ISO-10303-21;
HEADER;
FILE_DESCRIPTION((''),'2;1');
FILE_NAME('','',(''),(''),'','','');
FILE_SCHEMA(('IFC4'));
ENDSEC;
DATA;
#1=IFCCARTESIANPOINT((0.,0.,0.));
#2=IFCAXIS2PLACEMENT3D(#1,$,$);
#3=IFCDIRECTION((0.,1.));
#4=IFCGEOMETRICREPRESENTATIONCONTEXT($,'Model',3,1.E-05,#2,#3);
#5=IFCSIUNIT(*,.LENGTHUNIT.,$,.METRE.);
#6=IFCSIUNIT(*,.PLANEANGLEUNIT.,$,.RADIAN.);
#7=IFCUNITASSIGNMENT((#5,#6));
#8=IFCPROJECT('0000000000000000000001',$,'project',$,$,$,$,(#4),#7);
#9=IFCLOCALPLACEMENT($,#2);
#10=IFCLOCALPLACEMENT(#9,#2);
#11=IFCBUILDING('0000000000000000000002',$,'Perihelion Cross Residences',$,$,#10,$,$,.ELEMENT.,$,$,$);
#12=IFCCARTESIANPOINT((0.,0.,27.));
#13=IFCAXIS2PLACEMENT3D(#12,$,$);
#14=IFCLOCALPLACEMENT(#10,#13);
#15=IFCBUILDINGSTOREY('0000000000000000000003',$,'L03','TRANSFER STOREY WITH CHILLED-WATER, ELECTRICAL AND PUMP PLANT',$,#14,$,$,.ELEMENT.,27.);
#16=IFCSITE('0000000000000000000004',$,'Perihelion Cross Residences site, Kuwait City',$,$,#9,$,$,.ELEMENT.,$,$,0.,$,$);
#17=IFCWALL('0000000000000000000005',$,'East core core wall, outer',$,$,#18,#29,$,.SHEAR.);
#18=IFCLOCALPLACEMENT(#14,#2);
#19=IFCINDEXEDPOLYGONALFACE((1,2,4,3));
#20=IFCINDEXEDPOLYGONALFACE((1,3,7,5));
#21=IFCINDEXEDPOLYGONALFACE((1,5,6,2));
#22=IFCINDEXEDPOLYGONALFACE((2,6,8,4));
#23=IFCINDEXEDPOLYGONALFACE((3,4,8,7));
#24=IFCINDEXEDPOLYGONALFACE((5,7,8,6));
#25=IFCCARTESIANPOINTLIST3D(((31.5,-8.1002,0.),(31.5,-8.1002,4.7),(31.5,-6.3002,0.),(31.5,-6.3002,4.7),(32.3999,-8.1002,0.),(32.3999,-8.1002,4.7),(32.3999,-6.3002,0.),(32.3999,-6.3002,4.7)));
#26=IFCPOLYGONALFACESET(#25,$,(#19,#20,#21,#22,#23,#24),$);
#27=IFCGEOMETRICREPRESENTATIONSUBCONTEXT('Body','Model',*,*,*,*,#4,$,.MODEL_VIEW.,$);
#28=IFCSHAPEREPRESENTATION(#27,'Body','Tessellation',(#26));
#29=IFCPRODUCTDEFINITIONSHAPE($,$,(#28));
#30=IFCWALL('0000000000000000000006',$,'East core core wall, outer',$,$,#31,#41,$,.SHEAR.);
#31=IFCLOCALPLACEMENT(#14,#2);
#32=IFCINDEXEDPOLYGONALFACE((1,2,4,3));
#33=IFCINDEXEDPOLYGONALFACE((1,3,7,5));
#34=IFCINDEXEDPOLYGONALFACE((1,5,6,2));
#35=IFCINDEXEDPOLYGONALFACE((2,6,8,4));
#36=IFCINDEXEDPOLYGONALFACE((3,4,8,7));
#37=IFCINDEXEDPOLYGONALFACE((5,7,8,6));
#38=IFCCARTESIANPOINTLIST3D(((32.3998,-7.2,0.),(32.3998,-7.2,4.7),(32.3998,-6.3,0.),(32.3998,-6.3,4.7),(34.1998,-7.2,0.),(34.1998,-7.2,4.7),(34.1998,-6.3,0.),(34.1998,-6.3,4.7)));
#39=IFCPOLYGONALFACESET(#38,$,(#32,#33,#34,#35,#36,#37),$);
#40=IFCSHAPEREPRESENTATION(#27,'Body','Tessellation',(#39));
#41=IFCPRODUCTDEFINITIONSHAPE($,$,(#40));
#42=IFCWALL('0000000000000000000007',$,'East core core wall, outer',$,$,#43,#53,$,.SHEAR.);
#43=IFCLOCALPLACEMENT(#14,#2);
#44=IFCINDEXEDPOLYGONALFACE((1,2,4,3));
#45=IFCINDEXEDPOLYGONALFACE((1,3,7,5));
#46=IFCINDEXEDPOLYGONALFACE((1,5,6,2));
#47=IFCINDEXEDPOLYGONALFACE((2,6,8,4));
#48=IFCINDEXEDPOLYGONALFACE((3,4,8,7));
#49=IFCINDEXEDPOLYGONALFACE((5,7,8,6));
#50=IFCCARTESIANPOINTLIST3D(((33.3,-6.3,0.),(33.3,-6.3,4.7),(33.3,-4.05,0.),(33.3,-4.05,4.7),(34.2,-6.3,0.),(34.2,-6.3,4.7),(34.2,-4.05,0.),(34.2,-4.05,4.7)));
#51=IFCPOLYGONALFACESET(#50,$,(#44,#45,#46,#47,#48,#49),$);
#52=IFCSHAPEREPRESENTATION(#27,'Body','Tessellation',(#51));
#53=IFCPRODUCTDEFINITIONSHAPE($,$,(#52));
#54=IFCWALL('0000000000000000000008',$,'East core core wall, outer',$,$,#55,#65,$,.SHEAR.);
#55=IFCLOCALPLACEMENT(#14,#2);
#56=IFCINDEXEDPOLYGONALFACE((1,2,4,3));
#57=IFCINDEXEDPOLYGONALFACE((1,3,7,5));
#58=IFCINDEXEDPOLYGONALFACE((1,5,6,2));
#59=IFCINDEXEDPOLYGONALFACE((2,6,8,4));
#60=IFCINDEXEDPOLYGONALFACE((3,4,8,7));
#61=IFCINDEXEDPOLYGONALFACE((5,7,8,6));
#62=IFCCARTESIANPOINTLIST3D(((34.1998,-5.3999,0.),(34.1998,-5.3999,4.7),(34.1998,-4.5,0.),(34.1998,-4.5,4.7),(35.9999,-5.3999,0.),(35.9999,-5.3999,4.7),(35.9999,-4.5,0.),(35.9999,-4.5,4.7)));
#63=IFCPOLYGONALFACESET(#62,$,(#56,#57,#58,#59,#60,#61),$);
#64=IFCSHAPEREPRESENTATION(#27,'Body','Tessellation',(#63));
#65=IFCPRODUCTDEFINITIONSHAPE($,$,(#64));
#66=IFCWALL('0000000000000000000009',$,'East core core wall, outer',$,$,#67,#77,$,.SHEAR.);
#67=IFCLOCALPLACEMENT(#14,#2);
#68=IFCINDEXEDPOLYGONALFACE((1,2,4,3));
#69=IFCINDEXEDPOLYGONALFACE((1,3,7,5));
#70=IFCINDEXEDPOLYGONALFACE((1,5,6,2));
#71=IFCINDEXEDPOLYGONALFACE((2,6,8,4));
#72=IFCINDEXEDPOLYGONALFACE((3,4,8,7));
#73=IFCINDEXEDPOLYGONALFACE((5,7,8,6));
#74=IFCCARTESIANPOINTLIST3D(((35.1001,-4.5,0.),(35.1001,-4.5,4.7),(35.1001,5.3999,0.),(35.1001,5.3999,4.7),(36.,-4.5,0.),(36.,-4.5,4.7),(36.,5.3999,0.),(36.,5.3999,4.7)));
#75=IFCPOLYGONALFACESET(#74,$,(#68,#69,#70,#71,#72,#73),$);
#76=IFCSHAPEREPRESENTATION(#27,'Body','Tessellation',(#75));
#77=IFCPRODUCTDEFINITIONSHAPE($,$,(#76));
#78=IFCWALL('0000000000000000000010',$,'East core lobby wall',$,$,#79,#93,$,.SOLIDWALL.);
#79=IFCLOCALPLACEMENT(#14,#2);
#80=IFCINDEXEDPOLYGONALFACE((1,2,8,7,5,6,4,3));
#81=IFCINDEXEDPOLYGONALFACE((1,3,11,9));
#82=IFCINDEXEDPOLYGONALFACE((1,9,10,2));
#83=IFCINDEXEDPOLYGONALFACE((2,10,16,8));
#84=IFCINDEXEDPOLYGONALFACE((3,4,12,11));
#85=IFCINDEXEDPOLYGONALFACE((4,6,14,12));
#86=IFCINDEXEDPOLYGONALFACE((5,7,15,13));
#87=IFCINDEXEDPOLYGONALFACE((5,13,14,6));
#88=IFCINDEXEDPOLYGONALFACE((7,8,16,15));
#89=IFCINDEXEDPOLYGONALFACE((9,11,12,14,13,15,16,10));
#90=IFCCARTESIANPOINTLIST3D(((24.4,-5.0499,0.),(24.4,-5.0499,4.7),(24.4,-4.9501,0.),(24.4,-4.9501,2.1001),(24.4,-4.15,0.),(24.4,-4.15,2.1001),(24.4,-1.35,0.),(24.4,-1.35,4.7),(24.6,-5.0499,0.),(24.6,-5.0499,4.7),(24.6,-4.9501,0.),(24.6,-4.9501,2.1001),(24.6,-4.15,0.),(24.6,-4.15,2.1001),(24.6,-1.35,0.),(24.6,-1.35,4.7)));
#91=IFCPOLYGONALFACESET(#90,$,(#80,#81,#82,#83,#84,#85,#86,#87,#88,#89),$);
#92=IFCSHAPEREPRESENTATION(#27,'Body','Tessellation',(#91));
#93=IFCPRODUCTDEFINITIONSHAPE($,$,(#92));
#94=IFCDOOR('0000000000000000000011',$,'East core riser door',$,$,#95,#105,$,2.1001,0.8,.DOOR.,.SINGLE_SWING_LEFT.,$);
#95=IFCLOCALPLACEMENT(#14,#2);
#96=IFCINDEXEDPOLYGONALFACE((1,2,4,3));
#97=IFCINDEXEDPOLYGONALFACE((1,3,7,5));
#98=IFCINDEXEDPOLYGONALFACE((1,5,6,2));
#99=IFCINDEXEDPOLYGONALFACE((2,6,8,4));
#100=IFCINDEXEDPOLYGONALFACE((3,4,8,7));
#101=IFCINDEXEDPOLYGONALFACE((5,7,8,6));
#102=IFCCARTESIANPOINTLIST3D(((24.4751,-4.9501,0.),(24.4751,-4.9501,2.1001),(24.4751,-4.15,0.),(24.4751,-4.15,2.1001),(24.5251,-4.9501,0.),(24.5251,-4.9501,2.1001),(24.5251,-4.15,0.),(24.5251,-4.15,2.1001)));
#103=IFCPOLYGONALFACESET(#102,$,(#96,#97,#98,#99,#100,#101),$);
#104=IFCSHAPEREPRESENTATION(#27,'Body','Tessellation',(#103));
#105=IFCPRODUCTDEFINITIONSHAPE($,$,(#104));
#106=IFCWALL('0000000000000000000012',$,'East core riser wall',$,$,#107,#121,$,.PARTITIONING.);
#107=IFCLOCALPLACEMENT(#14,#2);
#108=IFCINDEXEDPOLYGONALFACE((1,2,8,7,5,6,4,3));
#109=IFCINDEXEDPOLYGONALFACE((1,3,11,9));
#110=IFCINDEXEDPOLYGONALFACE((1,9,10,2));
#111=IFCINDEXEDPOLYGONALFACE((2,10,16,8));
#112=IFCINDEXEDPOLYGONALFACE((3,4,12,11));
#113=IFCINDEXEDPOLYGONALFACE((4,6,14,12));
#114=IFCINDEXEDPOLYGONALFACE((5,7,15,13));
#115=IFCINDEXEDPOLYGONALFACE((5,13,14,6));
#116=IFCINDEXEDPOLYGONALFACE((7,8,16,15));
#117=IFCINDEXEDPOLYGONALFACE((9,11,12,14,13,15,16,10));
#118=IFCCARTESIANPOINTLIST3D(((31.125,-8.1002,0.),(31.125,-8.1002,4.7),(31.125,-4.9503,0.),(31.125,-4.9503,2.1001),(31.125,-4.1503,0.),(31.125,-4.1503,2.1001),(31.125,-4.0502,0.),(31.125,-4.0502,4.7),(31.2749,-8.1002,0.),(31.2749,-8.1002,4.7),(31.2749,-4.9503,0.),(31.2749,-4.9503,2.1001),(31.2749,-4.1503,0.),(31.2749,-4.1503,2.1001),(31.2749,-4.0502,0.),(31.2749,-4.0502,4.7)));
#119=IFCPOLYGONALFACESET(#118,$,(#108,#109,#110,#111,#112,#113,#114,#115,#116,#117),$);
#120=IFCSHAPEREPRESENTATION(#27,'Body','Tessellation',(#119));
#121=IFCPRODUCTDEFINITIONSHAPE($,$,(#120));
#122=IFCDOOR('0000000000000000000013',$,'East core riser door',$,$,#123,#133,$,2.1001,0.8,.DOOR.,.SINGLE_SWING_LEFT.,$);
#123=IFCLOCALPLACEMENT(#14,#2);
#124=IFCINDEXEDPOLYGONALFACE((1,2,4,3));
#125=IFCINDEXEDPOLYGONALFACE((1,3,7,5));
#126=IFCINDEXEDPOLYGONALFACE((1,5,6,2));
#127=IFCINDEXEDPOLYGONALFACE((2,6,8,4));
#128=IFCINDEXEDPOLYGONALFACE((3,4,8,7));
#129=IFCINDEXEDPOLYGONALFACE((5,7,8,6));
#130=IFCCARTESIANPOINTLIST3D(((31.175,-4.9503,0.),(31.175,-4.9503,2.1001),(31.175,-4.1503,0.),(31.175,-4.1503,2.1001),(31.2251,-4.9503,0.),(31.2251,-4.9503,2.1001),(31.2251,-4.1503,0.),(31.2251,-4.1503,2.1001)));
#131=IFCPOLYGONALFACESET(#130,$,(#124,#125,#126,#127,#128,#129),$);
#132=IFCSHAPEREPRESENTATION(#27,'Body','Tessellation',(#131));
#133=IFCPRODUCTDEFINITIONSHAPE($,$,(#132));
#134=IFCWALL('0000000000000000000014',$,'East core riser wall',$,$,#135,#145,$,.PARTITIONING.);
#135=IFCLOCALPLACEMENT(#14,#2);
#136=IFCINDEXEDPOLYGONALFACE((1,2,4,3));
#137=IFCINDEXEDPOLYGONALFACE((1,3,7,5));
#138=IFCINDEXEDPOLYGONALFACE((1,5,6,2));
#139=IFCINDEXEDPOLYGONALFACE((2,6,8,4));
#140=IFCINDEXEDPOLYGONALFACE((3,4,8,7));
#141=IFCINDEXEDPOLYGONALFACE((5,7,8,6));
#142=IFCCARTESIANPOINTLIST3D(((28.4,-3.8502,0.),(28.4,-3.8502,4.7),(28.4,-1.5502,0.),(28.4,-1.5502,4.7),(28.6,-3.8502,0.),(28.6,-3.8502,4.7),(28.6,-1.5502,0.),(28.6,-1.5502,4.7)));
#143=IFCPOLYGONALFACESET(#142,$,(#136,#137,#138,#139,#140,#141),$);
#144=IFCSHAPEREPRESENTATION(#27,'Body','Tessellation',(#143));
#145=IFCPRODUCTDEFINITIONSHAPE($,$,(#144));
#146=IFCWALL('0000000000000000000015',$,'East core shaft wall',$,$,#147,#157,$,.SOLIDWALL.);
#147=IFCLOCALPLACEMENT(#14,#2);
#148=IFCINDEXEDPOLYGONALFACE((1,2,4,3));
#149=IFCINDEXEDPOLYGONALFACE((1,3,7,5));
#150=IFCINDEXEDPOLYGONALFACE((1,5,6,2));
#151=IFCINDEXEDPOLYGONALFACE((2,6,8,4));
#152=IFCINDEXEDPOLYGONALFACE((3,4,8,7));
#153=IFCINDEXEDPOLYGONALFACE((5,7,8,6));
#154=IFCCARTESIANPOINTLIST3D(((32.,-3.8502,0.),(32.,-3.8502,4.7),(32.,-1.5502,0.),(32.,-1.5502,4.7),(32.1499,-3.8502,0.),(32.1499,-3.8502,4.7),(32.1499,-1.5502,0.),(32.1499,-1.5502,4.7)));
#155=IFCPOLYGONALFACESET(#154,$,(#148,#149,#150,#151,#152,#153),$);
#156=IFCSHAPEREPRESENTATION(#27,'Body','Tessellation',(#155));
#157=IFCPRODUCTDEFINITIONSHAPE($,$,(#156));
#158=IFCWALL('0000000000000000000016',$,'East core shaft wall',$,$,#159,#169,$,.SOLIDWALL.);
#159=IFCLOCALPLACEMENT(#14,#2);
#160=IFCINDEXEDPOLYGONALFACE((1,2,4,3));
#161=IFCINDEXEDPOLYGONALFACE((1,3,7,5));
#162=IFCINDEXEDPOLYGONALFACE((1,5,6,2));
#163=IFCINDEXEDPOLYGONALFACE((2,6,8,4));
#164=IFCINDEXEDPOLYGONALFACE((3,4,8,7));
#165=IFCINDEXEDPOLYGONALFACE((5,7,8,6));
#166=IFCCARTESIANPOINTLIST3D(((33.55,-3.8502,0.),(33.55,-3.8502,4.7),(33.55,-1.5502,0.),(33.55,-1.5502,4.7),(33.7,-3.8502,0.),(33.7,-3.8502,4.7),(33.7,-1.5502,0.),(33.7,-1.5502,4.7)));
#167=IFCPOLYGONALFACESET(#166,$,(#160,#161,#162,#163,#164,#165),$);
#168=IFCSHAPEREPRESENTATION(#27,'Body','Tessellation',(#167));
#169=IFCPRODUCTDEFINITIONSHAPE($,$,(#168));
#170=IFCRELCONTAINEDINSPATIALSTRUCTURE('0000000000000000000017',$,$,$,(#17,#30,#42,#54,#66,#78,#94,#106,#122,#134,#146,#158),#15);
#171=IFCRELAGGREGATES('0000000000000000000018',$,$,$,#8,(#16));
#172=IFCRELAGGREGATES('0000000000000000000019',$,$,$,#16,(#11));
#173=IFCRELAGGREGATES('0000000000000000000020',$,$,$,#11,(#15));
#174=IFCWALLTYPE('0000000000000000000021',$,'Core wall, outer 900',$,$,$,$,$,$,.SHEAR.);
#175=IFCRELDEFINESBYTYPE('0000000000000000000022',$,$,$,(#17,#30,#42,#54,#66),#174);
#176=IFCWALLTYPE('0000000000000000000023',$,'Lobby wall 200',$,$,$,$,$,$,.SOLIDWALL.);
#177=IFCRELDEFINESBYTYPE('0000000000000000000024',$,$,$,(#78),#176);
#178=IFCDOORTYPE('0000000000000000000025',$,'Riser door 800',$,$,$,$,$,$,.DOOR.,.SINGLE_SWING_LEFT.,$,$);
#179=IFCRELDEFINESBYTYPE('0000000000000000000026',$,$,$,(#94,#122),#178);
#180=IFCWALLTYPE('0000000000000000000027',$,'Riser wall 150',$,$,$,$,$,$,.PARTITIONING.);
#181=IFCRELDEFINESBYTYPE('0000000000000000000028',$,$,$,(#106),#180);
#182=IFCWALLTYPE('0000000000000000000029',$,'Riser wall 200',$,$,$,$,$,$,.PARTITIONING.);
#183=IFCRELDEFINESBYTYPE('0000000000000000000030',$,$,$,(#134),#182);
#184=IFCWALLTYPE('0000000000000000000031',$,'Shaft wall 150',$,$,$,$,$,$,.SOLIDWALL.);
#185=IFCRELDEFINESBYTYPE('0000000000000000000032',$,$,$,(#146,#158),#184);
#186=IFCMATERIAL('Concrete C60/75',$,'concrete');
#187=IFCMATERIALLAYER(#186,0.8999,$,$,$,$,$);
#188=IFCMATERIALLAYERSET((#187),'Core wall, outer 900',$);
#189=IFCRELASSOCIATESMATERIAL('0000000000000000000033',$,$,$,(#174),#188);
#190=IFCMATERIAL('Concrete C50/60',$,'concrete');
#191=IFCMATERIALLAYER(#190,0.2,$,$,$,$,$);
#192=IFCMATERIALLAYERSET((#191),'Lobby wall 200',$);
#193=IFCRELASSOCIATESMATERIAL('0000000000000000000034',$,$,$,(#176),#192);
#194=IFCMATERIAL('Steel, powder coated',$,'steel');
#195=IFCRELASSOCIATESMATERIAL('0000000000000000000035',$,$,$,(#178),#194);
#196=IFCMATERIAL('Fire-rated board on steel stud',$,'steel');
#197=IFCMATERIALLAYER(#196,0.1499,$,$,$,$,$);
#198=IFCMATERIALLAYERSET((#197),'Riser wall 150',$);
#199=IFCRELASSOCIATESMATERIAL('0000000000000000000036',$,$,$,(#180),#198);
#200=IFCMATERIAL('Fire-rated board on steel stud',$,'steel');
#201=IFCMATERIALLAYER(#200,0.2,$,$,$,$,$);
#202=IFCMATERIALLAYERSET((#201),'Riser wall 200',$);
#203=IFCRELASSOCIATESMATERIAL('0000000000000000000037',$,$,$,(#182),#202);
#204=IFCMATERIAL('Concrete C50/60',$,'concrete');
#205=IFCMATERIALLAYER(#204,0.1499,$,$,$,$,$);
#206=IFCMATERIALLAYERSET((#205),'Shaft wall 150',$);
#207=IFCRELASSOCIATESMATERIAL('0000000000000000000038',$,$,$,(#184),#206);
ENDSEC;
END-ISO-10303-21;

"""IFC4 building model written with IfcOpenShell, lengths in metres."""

from ifc_helpers import new_model, si_unit, direction, frame, frame_2d, origin, place, context, subcontext, project, spatial, rectangle, extrude, material, layer, layer_set, type_object, element, fill, save


model = new_model("IFC4")

# Units and contexts
model_context = context("Model", 3, precision=1e-05, world=origin(), true_north=direction((0.0, 1.0)))
body_context = subcontext(model_context, "Body", "Model", "MODEL_VIEW")
ifc_project = project(units=[si_unit("LENGTHUNIT", "METRE"), si_unit("PLANEANGLEUNIT", "RADIAN")], contexts=[model_context])

# Site, building, storey
site_placement = place(None, origin())
site = spatial("IfcSite", under=ifc_project, at=site_placement, Name="Perihelion Cross Residences site, Kuwait City", CompositionType="ELEMENT", RefElevation=0.0)
building_placement = place(site_placement, origin())
building = spatial("IfcBuilding", under=site, at=building_placement, Name="Perihelion Cross Residences", CompositionType="ELEMENT")
storey_placement = place(building_placement, frame((0.0, 0.0, 27.0)))
storey = spatial("IfcBuildingStorey", under=building, at=storey_placement, Name="L03", Description="TRANSFER STOREY WITH CHILLED-WATER, ELECTRICAL AND PUMP PLANT", CompositionType="ELEMENT", Elevation=27.0)

# Walls
ifc_material_1 = material(Name="Concrete C60/75", Category="concrete")
ifc_layer_1 = layer(ifc_material_1, 0.8999)
ifc_layer_set_1 = layer_set([ifc_layer_1], Name="Core wall, outer 900")
wall_type_1 = type_object("IfcWallType", Name="Core wall, outer 900", PredefinedType="SHEAR", material=ifc_layer_set_1)
for number, where, z_axis, x_axis, name in (
    (1, (31.95, -8.1001, 0.0), (0.0, 0.0, 1.0), (0.0, 1.0, 0.0), "East core core wall, outer"),
    (2, (32.3999, -6.75, 0.0), (0.0, 0.0, 1.0), (1.0, 0.0, 0.0), "East core core wall, outer"),
):
    element("IfcWall", number, at=place(storey_placement, frame(where, z_axis=z_axis, x_axis=x_axis)), inside=storey, type_object=wall_type_1, Name=name, PredefinedType="SHEAR", context=body_context, shape_type="SweptSolid", body=[
        extrude(rectangle(XDim=1.8, YDim=0.8999, at=frame_2d((0.8999, 0.0))), origin(), (0.0, 0.0, 1.0), 4.7),
    ])
wall_1_placement = place(storey_placement, frame((33.75, -6.3, 0.0), z_axis=(0.0, 0.0, 1.0), x_axis=(0.0, 1.0, 0.0)))
element("IfcWall", 3, at=wall_1_placement, inside=storey, type_object=wall_type_1, Name="East core core wall, outer", PredefinedType="SHEAR", context=body_context, shape_type="SweptSolid", body=[
    extrude(rectangle(XDim=2.25, YDim=0.8999, at=frame_2d((1.125, 0.0))), origin(), (0.0, 0.0, 1.0), 4.7),
])
wall_2_placement = place(storey_placement, frame((34.2, -4.95, 0.0), z_axis=(0.0, 0.0, 1.0), x_axis=(1.0, 0.0, 0.0)))
element("IfcWall", 4, at=wall_2_placement, inside=storey, type_object=wall_type_1, Name="East core core wall, outer", PredefinedType="SHEAR", context=body_context, shape_type="SweptSolid", body=[
    extrude(rectangle(XDim=1.8, YDim=0.8999, at=frame_2d((0.8999, 0.0))), origin(), (0.0, 0.0, 1.0), 4.7),
])
wall_3_placement = place(storey_placement, frame((35.55, -4.5, 0.0), z_axis=(0.0, 0.0, 1.0), x_axis=(0.0, 1.0, 0.0)))
element("IfcWall", 5, at=wall_3_placement, inside=storey, type_object=wall_type_1, Name="East core core wall, outer", PredefinedType="SHEAR", context=body_context, shape_type="SweptSolid", body=[
    extrude(rectangle(XDim=9.8999, YDim=0.8999, at=frame_2d((4.95, 0.0))), origin(), (0.0, 0.0, 1.0), 4.7),
])

# Walls, openings, doors
ifc_material_2 = material(Name="Concrete C50/60", Category="concrete")
ifc_layer_2 = layer(ifc_material_2, 0.2)
ifc_layer_set_2 = layer_set([ifc_layer_2], Name="Lobby wall 200")
wall_type_2 = type_object("IfcWallType", Name="Lobby wall 200", PredefinedType="SOLIDWALL", material=ifc_layer_set_2)
wall_4_placement = place(storey_placement, frame((24.5, -5.05, 0.0), z_axis=(0.0, 0.0, 1.0), x_axis=(0.0, 1.0, 0.0)))
wall_4 = element("IfcWall", 6, at=wall_4_placement, inside=storey, type_object=wall_type_2, Name="East core lobby wall", PredefinedType="SOLIDWALL", context=body_context, shape_type="SweptSolid", body=[
    extrude(rectangle(XDim=3.7, YDim=0.2, at=frame_2d((1.8501, 0.0))), origin(), (0.0, 0.0, 1.0), 4.7),
])
opening_1_placement = place(wall_4_placement, frame((0.1001, 0.0, 0.0)))
opening_1 = element("IfcOpeningElement", 7, at=opening_1_placement, cuts=wall_4, PredefinedType="OPENING", context=body_context, shape_type="SweptSolid", body=[
    extrude(rectangle(XDim=0.8, YDim=2.1001, at=frame_2d((0.3999, 1.05))), frame((0.0, 0.1099, 0.0), z_axis=(0.0, -1.0, 0.0), x_axis=(1.0, 0.0, 0.0)), (0.0, 0.0, 1.0), 0.22),
])
ifc_material_3 = material(Name="Steel, powder coated", Category="steel")
door_type_1 = type_object("IfcDoorType", Name="Riser door 800", OperationType="SINGLE_SWING_LEFT", PredefinedType="DOOR", material=ifc_material_3)
door_1_placement = place(opening_1_placement, origin())
door_1 = element("IfcDoor", 8, at=door_1_placement, inside=storey, type_object=door_type_1, Name="East core riser door", OperationType="SINGLE_SWING_LEFT", OverallHeight=2.1001, OverallWidth=0.8, PredefinedType="DOOR", context=body_context, shape_type="SweptSolid", body=[
    extrude(rectangle(XDim=0.8, YDim=2.1001, at=frame_2d((0.3999, 1.05))), frame((0.0, 0.0249, 0.0), z_axis=(0.0, -1.0, 0.0), x_axis=(1.0, 0.0, 0.0)), (0.0, 0.0, 1.0), 0.05),
])
fill(opening_1, door_1)
ifc_material_4 = material(Name="Fire-rated board on steel stud", Category="steel")
ifc_layer_3 = layer(ifc_material_4, 0.1499)
ifc_layer_set_3 = layer_set([ifc_layer_3], Name="Riser wall 150")
wall_type_3 = type_object("IfcWallType", Name="Riser wall 150", PredefinedType="PARTITIONING", material=ifc_layer_set_3)
wall_5_placement = place(storey_placement, frame((31.2, -8.1001, 0.0), z_axis=(0.0, 0.0, 1.0), x_axis=(0.0, 1.0, 0.0)))
wall_5 = element("IfcWall", 9, at=wall_5_placement, inside=storey, type_object=wall_type_3, Name="East core riser wall", PredefinedType="PARTITIONING", context=body_context, shape_type="SweptSolid", body=[
    extrude(rectangle(XDim=4.05, YDim=0.1499, at=frame_2d((2.0249, 0.0))), origin(), (0.0, 0.0, 1.0), 4.7),
])
opening_2_placement = place(wall_5_placement, frame((3.1499, 0.0, 0.0)))
opening_2 = element("IfcOpeningElement", 10, at=opening_2_placement, cuts=wall_5, PredefinedType="OPENING", context=body_context, shape_type="SweptSolid", body=[
    extrude(rectangle(XDim=0.8, YDim=2.1001, at=frame_2d((0.3999, 1.05))), frame((0.0, 0.085, 0.0), z_axis=(0.0, -1.0, 0.0), x_axis=(1.0, 0.0, 0.0)), (0.0, 0.0, 1.0), 0.1699),
])
door_2_placement = place(opening_2_placement, origin())
door_2 = element("IfcDoor", 11, at=door_2_placement, inside=storey, type_object=door_type_1, Name="East core riser door", OperationType="SINGLE_SWING_LEFT", OverallHeight=2.1001, OverallWidth=0.8, PredefinedType="DOOR", context=body_context, shape_type="SweptSolid", body=[
    extrude(rectangle(XDim=0.8, YDim=2.1001, at=frame_2d((0.3999, 1.05))), frame((0.0, 0.0249, 0.0), z_axis=(0.0, -1.0, 0.0), x_axis=(1.0, 0.0, 0.0)), (0.0, 0.0, 1.0), 0.05),
])
fill(opening_2, door_2)

# Walls
ifc_material_5 = material(Name="Fire-rated board on steel stud", Category="steel")
ifc_layer_4 = layer(ifc_material_5, 0.2)
ifc_layer_set_4 = layer_set([ifc_layer_4], Name="Riser wall 200")
wall_type_4 = type_object("IfcWallType", Name="Riser wall 200", PredefinedType="PARTITIONING", material=ifc_layer_set_4)
wall_6_placement = place(storey_placement, frame((28.5, -3.8501, 0.0), z_axis=(0.0, 0.0, 1.0), x_axis=(0.0, 1.0, 0.0)))
element("IfcWall", 12, at=wall_6_placement, inside=storey, type_object=wall_type_4, Name="East core riser wall", PredefinedType="PARTITIONING", context=body_context, shape_type="SweptSolid", body=[
    extrude(rectangle(XDim=2.3, YDim=0.2, at=frame_2d((1.1499, 0.0))), origin(), (0.0, 0.0, 1.0), 4.7),
])
ifc_material_6 = material(Name="Concrete C50/60", Category="concrete")
ifc_layer_5 = layer(ifc_material_6, 0.1499)
ifc_layer_set_5 = layer_set([ifc_layer_5], Name="Shaft wall 150")
wall_type_5 = type_object("IfcWallType", Name="Shaft wall 150", PredefinedType="SOLIDWALL", material=ifc_layer_set_5)
for number, where, z_axis, x_axis, name in (
    (13, (32.075, -3.8501, 0.0), (0.0, 0.0, 1.0), (0.0, 1.0, 0.0), "East core shaft wall"),
    (14, (33.625, -3.8501, 0.0), (0.0, 0.0, 1.0), (0.0, 1.0, 0.0), "East core shaft wall"),
):
    element("IfcWall", number, at=place(storey_placement, frame(where, z_axis=z_axis, x_axis=x_axis)), inside=storey, type_object=wall_type_5, Name=name, PredefinedType="SOLIDWALL", context=body_context, shape_type="SweptSolid", body=[
        extrude(rectangle(XDim=2.3, YDim=0.1499, at=frame_2d((1.1499, 0.0))), origin(), (0.0, 0.0, 1.0), 4.7),
    ])

save(model, "model.ifc")
